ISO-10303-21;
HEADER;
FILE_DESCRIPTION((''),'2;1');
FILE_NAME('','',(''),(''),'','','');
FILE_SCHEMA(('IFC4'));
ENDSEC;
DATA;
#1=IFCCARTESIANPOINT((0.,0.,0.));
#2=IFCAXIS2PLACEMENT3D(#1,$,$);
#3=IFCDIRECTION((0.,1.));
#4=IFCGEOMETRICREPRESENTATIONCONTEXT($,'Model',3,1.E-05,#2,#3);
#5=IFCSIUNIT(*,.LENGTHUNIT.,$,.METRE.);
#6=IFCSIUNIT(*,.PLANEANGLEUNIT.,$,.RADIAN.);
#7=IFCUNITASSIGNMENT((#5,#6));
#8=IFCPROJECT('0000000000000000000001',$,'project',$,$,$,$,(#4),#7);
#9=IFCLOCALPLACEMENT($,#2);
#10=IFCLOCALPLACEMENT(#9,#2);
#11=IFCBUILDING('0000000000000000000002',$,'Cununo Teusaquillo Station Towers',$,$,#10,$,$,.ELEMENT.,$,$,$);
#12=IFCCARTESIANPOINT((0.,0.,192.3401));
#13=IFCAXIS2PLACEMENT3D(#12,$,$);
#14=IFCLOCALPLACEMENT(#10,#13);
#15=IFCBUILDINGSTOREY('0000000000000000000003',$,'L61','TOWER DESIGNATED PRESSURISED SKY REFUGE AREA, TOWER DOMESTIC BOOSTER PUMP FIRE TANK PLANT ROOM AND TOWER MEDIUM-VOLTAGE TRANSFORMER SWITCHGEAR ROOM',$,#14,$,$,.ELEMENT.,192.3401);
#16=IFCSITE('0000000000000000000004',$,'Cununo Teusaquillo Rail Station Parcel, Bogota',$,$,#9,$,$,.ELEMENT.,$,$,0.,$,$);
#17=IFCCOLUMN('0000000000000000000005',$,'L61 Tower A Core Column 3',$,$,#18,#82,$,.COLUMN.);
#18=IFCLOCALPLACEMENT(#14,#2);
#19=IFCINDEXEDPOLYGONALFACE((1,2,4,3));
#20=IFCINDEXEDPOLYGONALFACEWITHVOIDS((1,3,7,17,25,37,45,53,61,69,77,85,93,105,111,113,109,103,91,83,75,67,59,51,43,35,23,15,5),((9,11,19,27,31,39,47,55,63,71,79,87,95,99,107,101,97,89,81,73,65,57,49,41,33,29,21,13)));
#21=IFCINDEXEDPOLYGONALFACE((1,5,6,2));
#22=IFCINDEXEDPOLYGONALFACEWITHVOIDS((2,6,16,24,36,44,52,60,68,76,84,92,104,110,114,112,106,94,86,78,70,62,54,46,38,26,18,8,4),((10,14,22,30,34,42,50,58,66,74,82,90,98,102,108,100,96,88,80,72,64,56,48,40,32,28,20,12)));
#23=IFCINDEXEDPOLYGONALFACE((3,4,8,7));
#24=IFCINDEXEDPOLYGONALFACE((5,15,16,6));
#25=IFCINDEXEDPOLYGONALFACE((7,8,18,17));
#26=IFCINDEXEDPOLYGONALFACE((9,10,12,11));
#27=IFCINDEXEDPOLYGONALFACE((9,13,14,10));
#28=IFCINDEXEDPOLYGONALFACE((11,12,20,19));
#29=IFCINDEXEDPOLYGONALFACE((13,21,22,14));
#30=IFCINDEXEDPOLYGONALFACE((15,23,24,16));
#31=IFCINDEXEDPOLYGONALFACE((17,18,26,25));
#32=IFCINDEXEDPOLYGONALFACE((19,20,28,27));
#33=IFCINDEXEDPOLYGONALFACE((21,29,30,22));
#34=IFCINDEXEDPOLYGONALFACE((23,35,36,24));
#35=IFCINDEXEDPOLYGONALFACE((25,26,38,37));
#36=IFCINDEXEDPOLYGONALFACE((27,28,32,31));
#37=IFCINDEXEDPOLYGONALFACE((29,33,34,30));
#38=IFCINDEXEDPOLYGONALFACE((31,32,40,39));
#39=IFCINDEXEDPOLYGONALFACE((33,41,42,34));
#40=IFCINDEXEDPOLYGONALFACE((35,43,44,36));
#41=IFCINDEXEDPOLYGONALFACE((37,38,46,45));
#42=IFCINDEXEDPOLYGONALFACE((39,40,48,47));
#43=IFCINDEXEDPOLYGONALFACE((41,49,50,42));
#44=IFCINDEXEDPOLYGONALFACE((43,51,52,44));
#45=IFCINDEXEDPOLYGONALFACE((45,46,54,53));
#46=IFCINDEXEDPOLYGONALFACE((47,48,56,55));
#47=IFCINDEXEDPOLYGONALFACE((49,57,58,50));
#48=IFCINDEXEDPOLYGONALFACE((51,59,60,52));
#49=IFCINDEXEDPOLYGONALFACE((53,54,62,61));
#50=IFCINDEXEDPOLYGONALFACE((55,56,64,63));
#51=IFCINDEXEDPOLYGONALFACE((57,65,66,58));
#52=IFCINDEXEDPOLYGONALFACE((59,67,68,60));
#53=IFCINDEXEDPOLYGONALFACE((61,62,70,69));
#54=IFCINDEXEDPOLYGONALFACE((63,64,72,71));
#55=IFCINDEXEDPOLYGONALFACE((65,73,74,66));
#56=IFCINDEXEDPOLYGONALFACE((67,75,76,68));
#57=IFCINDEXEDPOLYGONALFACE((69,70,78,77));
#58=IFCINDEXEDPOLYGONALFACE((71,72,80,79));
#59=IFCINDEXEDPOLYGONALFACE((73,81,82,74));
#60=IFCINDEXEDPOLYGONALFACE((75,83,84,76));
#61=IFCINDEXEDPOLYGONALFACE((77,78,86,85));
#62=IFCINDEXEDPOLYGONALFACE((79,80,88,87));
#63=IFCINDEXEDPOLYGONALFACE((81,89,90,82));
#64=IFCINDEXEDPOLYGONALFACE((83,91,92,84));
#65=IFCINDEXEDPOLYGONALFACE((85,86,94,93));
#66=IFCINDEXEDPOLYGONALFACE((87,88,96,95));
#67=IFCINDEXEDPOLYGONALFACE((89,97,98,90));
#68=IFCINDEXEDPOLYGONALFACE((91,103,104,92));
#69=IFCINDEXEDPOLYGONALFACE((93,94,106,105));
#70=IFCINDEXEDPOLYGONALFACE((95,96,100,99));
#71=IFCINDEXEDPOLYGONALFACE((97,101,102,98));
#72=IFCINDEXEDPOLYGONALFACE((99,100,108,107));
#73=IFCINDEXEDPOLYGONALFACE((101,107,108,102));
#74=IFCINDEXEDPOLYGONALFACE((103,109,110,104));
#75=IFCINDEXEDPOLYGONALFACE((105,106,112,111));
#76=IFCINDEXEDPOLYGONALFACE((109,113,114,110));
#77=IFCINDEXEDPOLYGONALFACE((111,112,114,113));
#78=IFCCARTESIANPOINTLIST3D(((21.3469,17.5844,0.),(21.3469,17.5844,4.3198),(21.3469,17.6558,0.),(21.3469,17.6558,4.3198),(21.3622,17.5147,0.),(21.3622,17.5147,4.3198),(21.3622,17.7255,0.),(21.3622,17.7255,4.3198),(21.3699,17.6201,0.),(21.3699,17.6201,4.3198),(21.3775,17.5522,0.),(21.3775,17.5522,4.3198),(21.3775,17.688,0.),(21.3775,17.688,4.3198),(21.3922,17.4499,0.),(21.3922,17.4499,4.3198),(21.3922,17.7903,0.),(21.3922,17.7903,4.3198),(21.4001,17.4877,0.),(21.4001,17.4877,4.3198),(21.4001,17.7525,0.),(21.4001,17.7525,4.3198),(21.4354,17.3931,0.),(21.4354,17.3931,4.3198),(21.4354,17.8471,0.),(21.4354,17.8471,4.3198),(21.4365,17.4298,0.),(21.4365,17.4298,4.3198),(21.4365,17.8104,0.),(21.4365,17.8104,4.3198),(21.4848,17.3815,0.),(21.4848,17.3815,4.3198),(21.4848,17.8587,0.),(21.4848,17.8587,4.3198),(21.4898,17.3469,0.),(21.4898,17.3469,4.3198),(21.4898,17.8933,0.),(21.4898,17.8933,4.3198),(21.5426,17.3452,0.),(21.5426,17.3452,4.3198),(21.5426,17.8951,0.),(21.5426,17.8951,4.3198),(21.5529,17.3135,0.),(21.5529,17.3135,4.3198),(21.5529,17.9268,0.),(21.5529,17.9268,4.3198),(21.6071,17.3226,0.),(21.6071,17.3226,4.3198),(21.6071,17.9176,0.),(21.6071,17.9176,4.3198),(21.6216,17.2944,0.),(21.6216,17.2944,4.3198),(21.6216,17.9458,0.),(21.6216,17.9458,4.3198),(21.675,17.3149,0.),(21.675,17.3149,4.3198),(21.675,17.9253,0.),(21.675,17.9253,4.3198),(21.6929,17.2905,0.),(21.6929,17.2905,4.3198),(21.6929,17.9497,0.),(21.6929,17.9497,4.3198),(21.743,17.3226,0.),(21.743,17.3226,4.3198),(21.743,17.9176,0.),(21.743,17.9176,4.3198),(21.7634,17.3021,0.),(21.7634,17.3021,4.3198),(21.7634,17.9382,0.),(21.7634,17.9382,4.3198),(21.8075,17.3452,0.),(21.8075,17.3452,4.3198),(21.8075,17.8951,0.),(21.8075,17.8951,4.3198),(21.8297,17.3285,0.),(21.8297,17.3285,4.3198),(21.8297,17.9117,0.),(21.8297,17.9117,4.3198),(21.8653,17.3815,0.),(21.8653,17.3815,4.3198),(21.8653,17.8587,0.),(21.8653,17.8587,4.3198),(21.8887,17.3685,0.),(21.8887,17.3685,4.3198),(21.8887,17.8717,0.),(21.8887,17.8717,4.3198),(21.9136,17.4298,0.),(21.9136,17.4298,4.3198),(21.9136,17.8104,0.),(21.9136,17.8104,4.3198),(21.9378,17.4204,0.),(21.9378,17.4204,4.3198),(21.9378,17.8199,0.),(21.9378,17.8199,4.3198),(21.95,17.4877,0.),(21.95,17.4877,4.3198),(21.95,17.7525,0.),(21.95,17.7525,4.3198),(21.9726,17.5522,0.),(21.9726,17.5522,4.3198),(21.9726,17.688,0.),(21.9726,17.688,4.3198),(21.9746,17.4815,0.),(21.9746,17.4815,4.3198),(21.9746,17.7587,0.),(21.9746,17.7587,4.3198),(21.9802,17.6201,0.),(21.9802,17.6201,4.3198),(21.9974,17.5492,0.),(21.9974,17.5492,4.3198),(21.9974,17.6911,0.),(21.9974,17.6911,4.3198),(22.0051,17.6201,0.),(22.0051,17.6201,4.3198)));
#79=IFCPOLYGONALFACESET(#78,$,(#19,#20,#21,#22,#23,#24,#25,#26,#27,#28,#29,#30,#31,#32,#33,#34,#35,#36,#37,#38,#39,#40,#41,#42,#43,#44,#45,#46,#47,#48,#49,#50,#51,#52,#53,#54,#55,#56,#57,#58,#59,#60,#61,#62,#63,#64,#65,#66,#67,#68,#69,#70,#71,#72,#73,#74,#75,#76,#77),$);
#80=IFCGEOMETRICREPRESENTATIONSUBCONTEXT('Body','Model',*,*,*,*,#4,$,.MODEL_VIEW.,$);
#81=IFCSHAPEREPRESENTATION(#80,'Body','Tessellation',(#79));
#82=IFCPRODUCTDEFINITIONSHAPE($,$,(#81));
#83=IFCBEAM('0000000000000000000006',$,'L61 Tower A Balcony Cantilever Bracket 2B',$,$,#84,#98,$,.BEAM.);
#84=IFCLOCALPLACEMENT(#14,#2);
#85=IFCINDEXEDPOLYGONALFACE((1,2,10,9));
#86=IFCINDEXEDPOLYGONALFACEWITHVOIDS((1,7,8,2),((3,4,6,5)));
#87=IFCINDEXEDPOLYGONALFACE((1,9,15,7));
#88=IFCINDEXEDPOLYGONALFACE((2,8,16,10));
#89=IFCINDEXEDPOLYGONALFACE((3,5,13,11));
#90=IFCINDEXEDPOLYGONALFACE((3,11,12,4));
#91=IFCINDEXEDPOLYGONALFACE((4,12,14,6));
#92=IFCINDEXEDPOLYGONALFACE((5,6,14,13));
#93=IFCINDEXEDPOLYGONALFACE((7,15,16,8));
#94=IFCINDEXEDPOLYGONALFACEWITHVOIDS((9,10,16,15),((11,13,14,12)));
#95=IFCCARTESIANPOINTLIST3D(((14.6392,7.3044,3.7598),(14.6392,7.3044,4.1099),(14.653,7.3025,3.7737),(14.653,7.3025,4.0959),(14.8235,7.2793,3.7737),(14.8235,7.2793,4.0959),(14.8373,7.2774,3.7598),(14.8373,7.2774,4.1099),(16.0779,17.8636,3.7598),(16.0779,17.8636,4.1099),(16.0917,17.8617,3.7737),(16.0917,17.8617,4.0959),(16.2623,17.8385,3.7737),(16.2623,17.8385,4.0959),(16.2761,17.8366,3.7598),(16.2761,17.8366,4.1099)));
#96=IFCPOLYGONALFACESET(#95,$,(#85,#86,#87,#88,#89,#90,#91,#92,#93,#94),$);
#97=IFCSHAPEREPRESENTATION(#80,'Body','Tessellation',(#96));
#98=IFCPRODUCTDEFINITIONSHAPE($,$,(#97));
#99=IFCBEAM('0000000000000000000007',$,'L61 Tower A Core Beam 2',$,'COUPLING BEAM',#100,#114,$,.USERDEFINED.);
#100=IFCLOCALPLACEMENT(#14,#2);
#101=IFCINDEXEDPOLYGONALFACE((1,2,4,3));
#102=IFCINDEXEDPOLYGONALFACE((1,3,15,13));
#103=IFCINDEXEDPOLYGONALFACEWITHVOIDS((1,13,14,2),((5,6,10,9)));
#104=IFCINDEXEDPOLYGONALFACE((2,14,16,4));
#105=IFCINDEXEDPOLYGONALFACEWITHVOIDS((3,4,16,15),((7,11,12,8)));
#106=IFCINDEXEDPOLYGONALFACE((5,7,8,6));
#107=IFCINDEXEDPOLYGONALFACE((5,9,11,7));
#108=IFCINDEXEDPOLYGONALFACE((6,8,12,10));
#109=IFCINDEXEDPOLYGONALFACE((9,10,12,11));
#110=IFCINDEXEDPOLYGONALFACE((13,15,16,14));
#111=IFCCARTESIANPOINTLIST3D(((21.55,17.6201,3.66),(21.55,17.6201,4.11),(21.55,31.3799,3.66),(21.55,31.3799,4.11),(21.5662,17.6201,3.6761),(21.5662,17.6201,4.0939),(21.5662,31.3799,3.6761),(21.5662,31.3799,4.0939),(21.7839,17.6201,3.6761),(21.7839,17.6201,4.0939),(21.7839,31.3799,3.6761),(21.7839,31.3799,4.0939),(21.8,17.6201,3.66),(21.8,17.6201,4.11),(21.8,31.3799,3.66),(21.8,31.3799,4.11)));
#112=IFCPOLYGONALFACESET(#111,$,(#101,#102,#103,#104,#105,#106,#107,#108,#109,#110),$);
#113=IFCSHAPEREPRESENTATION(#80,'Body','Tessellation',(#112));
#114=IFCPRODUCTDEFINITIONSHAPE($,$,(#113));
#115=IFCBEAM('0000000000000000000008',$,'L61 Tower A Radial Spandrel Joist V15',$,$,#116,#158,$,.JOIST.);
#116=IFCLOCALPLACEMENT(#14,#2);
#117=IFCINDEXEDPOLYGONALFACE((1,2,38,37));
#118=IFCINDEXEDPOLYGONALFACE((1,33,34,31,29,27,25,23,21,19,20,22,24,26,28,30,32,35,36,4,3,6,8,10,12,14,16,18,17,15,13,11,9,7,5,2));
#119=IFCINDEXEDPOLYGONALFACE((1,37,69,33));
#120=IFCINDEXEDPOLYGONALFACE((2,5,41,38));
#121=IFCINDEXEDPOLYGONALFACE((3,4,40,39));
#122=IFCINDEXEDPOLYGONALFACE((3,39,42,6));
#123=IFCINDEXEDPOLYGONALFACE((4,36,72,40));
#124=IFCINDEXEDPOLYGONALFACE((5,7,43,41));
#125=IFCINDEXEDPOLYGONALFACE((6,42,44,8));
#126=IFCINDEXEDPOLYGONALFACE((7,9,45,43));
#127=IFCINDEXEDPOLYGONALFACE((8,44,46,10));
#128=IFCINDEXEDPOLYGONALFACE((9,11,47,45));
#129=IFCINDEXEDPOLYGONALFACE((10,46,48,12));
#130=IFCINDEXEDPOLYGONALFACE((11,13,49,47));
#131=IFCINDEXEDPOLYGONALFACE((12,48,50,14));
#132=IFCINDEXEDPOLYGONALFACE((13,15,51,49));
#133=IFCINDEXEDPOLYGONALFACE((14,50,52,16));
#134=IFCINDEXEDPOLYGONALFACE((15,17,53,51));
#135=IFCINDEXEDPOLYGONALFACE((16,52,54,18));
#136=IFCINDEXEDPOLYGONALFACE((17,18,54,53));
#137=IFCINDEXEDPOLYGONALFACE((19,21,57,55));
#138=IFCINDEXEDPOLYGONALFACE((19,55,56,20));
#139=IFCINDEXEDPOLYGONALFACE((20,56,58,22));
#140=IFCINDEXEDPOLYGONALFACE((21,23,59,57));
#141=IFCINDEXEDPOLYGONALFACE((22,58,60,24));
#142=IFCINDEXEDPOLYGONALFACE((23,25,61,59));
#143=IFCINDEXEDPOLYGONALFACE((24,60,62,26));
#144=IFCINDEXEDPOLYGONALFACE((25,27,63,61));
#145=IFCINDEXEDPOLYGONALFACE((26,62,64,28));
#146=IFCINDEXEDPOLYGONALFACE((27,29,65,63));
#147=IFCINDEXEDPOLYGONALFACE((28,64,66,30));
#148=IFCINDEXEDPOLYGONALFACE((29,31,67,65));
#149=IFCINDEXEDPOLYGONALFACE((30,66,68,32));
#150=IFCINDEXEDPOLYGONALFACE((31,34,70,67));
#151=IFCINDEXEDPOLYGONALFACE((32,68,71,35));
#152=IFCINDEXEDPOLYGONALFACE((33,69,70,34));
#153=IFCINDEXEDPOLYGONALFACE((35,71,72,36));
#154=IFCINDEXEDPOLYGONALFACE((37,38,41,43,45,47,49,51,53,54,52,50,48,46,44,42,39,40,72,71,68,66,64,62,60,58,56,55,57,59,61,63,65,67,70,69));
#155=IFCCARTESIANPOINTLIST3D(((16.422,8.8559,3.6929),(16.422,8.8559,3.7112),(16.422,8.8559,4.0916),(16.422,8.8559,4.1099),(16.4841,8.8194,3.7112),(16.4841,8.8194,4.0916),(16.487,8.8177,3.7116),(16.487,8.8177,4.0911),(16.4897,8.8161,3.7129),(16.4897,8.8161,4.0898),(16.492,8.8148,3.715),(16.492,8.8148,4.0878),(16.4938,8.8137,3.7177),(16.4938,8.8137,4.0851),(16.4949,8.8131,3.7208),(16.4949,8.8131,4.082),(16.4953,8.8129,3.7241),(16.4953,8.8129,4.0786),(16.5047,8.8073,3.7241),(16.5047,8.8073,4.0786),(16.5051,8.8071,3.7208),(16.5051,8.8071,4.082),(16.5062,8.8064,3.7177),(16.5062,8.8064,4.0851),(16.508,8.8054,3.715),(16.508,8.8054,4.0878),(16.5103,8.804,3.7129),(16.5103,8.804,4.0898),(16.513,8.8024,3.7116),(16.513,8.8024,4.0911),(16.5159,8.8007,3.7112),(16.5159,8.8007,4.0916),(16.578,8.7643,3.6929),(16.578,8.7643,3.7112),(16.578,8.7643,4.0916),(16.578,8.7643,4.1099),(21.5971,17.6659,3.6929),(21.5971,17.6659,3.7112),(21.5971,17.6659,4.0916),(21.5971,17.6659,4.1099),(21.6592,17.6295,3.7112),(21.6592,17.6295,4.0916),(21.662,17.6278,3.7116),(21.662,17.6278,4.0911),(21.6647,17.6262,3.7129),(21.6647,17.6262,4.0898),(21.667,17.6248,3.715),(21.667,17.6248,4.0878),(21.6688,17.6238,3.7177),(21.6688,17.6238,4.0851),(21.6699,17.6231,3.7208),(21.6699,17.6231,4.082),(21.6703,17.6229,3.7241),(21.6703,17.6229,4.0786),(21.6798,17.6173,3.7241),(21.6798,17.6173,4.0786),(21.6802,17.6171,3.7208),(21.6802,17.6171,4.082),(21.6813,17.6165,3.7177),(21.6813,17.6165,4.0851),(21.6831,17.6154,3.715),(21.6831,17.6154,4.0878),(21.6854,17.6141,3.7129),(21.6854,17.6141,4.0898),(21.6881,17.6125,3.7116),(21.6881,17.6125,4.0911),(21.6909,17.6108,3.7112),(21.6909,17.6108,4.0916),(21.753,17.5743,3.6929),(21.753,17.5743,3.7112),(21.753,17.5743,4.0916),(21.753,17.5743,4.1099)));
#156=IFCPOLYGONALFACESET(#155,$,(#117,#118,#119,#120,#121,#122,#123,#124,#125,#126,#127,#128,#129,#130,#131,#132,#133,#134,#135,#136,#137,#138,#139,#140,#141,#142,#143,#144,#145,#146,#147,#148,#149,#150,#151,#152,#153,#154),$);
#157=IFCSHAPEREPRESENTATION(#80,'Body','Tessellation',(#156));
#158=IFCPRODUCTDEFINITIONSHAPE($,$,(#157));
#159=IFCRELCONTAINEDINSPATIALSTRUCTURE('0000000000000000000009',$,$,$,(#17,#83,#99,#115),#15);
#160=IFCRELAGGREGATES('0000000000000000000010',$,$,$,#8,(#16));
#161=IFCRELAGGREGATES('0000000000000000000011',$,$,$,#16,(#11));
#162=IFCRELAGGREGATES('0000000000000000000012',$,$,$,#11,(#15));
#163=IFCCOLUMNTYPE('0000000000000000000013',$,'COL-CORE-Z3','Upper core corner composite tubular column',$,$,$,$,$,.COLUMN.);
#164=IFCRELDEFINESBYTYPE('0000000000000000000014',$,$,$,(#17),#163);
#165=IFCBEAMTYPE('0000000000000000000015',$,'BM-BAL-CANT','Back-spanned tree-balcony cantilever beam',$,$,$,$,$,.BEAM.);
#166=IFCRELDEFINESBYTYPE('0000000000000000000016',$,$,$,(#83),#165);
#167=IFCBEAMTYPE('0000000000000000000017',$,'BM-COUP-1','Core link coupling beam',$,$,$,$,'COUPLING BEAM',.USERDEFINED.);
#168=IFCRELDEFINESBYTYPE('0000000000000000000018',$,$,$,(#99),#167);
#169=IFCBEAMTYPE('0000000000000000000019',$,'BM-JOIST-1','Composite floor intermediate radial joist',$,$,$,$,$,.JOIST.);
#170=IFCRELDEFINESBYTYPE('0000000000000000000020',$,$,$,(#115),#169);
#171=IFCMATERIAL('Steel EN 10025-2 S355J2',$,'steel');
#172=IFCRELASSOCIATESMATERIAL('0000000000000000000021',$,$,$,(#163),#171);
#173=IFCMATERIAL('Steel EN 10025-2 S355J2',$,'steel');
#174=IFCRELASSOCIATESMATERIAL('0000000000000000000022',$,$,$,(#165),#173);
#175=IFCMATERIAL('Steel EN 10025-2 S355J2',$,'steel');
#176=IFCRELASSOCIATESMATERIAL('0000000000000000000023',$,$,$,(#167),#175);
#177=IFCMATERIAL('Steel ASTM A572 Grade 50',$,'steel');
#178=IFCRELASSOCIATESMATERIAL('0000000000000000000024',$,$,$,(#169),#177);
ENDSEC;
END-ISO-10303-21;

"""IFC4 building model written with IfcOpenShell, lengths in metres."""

from ifc_helpers import new_model, si_unit, direction, frame, origin, origin_2d, place, context, subcontext, project, spatial, hollow_rectangle, hollow_circle, i_section, extrude, material, material_profile, profile_set, type_object, element, save


model = new_model("IFC4")

# Units and contexts
model_context = context("Model", 3, precision=1e-05, world=origin(), true_north=direction((0.0, 1.0)))
body_context = subcontext(model_context, "Body", "Model", "MODEL_VIEW")
ifc_project = project(units=[si_unit("LENGTHUNIT", "METRE"), si_unit("PLANEANGLEUNIT", "RADIAN")], contexts=[model_context])

# Site, building, storey
site_placement = place(None, origin())
site = spatial("IfcSite", under=ifc_project, at=site_placement, Name="Cununo Teusaquillo Rail Station Parcel, Bogota", CompositionType="ELEMENT", RefElevation=0.0)
building_placement = place(site_placement, origin())
building = spatial("IfcBuilding", under=site, at=building_placement, Name="Cununo Teusaquillo Station Towers", CompositionType="ELEMENT")
storey_placement = place(building_placement, frame((0.0, 0.0, 192.3401)))
storey = spatial("IfcBuildingStorey", under=building, at=storey_placement, Name="L61", Description="TOWER DESIGNATED PRESSURISED SKY REFUGE AREA, TOWER DOMESTIC BOOSTER PUMP FIRE TANK PLANT ROOM AND TOWER MEDIUM-VOLTAGE TRANSFORMER SWITCHGEAR ROOM", CompositionType="ELEMENT", Elevation=192.3401)

# Column
ifc_material_1 = material(Name="Steel EN 10025-2 S355J2", Category="steel")
ifc_material_profile_1 = material_profile(ifc_material_1, hollow_circle(Radius=0.3301, WallThickness=0.0249, at=origin_2d()), Name="CHS 660x25")
ifc_profile_set_1 = profile_set([ifc_material_profile_1], Name="Steel EN 10025-2 S355J2")
column_type = type_object("IfcColumnType", Name="COL-CORE-Z3", Description="Upper core corner composite tubular column", PredefinedType="COLUMN", material=ifc_profile_set_1)
column_placement = place(storey_placement, frame((21.675, 17.6201, 0.0), z_axis=(0.0, 0.0, 1.0), x_axis=(1.0, 0.0, 0.0)))
element("IfcColumn", 1, at=column_placement, inside=storey, type_object=column_type, Name="L61 Tower A Core Column 3", PredefinedType="COLUMN", context=body_context, shape_type="SweptSolid", body=[
    extrude(hollow_circle(Radius=0.3301, WallThickness=0.0249, at=origin_2d()), origin(), (0.0, 0.0, 1.0), 4.3198),
])

# Beams
ifc_material_2 = material(Name="Steel EN 10025-2 S355J2", Category="steel")
ifc_material_profile_2 = material_profile(ifc_material_2, hollow_rectangle(XDim=0.2, YDim=0.3501, WallThickness=0.0139, at=origin_2d()), Name="RHS 350x200x14")
ifc_profile_set_2 = profile_set([ifc_material_profile_2], Name="Steel EN 10025-2 S355J2")
beam_type_1 = type_object("IfcBeamType", Name="BM-BAL-CANT", Description="Back-spanned tree-balcony cantilever beam", PredefinedType="BEAM", material=ifc_profile_set_2)
beam_1_placement = place(storey_placement, frame((16.177, 17.8501, 3.9348), z_axis=(-0.135007, -0.990845, 0.0), x_axis=(0.990845, -0.135007, 0.0)))
element("IfcBeam", 2, at=beam_1_placement, inside=storey, type_object=beam_type_1, Name="L61 Tower A Balcony Cantilever Bracket 2B", PredefinedType="BEAM", context=body_context, shape_type="SweptSolid", body=[
    extrude(hollow_rectangle(XDim=0.2, YDim=0.3501, WallThickness=0.0139, at=origin_2d()), origin(), (0.0, 0.0, 1.0), 10.6567),
])
ifc_material_3 = material(Name="Steel EN 10025-2 S355J2", Category="steel")
ifc_material_profile_3 = material_profile(ifc_material_3, hollow_rectangle(XDim=0.25, YDim=0.45, WallThickness=0.0161, at=origin_2d()), Name="RHS 450x250x16")
ifc_profile_set_3 = profile_set([ifc_material_profile_3], Name="Steel EN 10025-2 S355J2")
beam_type_2 = type_object("IfcBeamType", Name="BM-COUP-1", Description="Core link coupling beam", ElementType="COUPLING BEAM", PredefinedType="USERDEFINED", material=ifc_profile_set_3)
beam_2_placement = place(storey_placement, frame((21.675, 17.6201, 3.885), z_axis=(0.0, 1.0, 0.0), x_axis=(-1.0, 0.0, 0.0)))
element("IfcBeam", 3, at=beam_2_placement, inside=storey, type_object=beam_type_2, Name="L61 Tower A Core Beam 2", ObjectType="COUPLING BEAM", PredefinedType="USERDEFINED", context=body_context, shape_type="SweptSolid", body=[
    extrude(hollow_rectangle(XDim=0.25, YDim=0.45, WallThickness=0.0161, at=origin_2d()), origin(), (0.0, 0.0, 1.0), 13.7598),
])
ifc_material_4 = material(Name="Steel ASTM A572 Grade 50", Category="steel")
ifc_material_profile_4 = material_profile(ifc_material_4, i_section(OverallWidth=0.1809, OverallDepth=0.417, WebThickness=0.011, FlangeThickness=0.0183, FilletRadius=0.0129, at=origin_2d()), Name="W16X57")
ifc_profile_set_4 = profile_set([ifc_material_profile_4], Name="Steel ASTM A572 Grade 50")
beam_type_3 = type_object("IfcBeamType", Name="BM-JOIST-1", Description="Composite floor intermediate radial joist", PredefinedType="JOIST", material=ifc_profile_set_4)
beam_3_placement = place(storey_placement, frame((21.675, 17.6201, 3.9014), z_axis=(-0.506486, -0.862248, 0.0), x_axis=(0.862248, -0.506486, 0.0)))
element("IfcBeam", 4, at=beam_3_placement, inside=storey, type_object=beam_type_3, Name="L61 Tower A Radial Spandrel Joist V15", PredefinedType="JOIST", context=body_context, shape_type="SweptSolid", body=[
    extrude(i_section(OverallWidth=0.1809, OverallDepth=0.417, WebThickness=0.011, FlangeThickness=0.0183, FilletRadius=0.0129, at=origin_2d()), origin(), (0.0, 0.0, 1.0), 10.2175),
])

save(model, "model.ifc")
